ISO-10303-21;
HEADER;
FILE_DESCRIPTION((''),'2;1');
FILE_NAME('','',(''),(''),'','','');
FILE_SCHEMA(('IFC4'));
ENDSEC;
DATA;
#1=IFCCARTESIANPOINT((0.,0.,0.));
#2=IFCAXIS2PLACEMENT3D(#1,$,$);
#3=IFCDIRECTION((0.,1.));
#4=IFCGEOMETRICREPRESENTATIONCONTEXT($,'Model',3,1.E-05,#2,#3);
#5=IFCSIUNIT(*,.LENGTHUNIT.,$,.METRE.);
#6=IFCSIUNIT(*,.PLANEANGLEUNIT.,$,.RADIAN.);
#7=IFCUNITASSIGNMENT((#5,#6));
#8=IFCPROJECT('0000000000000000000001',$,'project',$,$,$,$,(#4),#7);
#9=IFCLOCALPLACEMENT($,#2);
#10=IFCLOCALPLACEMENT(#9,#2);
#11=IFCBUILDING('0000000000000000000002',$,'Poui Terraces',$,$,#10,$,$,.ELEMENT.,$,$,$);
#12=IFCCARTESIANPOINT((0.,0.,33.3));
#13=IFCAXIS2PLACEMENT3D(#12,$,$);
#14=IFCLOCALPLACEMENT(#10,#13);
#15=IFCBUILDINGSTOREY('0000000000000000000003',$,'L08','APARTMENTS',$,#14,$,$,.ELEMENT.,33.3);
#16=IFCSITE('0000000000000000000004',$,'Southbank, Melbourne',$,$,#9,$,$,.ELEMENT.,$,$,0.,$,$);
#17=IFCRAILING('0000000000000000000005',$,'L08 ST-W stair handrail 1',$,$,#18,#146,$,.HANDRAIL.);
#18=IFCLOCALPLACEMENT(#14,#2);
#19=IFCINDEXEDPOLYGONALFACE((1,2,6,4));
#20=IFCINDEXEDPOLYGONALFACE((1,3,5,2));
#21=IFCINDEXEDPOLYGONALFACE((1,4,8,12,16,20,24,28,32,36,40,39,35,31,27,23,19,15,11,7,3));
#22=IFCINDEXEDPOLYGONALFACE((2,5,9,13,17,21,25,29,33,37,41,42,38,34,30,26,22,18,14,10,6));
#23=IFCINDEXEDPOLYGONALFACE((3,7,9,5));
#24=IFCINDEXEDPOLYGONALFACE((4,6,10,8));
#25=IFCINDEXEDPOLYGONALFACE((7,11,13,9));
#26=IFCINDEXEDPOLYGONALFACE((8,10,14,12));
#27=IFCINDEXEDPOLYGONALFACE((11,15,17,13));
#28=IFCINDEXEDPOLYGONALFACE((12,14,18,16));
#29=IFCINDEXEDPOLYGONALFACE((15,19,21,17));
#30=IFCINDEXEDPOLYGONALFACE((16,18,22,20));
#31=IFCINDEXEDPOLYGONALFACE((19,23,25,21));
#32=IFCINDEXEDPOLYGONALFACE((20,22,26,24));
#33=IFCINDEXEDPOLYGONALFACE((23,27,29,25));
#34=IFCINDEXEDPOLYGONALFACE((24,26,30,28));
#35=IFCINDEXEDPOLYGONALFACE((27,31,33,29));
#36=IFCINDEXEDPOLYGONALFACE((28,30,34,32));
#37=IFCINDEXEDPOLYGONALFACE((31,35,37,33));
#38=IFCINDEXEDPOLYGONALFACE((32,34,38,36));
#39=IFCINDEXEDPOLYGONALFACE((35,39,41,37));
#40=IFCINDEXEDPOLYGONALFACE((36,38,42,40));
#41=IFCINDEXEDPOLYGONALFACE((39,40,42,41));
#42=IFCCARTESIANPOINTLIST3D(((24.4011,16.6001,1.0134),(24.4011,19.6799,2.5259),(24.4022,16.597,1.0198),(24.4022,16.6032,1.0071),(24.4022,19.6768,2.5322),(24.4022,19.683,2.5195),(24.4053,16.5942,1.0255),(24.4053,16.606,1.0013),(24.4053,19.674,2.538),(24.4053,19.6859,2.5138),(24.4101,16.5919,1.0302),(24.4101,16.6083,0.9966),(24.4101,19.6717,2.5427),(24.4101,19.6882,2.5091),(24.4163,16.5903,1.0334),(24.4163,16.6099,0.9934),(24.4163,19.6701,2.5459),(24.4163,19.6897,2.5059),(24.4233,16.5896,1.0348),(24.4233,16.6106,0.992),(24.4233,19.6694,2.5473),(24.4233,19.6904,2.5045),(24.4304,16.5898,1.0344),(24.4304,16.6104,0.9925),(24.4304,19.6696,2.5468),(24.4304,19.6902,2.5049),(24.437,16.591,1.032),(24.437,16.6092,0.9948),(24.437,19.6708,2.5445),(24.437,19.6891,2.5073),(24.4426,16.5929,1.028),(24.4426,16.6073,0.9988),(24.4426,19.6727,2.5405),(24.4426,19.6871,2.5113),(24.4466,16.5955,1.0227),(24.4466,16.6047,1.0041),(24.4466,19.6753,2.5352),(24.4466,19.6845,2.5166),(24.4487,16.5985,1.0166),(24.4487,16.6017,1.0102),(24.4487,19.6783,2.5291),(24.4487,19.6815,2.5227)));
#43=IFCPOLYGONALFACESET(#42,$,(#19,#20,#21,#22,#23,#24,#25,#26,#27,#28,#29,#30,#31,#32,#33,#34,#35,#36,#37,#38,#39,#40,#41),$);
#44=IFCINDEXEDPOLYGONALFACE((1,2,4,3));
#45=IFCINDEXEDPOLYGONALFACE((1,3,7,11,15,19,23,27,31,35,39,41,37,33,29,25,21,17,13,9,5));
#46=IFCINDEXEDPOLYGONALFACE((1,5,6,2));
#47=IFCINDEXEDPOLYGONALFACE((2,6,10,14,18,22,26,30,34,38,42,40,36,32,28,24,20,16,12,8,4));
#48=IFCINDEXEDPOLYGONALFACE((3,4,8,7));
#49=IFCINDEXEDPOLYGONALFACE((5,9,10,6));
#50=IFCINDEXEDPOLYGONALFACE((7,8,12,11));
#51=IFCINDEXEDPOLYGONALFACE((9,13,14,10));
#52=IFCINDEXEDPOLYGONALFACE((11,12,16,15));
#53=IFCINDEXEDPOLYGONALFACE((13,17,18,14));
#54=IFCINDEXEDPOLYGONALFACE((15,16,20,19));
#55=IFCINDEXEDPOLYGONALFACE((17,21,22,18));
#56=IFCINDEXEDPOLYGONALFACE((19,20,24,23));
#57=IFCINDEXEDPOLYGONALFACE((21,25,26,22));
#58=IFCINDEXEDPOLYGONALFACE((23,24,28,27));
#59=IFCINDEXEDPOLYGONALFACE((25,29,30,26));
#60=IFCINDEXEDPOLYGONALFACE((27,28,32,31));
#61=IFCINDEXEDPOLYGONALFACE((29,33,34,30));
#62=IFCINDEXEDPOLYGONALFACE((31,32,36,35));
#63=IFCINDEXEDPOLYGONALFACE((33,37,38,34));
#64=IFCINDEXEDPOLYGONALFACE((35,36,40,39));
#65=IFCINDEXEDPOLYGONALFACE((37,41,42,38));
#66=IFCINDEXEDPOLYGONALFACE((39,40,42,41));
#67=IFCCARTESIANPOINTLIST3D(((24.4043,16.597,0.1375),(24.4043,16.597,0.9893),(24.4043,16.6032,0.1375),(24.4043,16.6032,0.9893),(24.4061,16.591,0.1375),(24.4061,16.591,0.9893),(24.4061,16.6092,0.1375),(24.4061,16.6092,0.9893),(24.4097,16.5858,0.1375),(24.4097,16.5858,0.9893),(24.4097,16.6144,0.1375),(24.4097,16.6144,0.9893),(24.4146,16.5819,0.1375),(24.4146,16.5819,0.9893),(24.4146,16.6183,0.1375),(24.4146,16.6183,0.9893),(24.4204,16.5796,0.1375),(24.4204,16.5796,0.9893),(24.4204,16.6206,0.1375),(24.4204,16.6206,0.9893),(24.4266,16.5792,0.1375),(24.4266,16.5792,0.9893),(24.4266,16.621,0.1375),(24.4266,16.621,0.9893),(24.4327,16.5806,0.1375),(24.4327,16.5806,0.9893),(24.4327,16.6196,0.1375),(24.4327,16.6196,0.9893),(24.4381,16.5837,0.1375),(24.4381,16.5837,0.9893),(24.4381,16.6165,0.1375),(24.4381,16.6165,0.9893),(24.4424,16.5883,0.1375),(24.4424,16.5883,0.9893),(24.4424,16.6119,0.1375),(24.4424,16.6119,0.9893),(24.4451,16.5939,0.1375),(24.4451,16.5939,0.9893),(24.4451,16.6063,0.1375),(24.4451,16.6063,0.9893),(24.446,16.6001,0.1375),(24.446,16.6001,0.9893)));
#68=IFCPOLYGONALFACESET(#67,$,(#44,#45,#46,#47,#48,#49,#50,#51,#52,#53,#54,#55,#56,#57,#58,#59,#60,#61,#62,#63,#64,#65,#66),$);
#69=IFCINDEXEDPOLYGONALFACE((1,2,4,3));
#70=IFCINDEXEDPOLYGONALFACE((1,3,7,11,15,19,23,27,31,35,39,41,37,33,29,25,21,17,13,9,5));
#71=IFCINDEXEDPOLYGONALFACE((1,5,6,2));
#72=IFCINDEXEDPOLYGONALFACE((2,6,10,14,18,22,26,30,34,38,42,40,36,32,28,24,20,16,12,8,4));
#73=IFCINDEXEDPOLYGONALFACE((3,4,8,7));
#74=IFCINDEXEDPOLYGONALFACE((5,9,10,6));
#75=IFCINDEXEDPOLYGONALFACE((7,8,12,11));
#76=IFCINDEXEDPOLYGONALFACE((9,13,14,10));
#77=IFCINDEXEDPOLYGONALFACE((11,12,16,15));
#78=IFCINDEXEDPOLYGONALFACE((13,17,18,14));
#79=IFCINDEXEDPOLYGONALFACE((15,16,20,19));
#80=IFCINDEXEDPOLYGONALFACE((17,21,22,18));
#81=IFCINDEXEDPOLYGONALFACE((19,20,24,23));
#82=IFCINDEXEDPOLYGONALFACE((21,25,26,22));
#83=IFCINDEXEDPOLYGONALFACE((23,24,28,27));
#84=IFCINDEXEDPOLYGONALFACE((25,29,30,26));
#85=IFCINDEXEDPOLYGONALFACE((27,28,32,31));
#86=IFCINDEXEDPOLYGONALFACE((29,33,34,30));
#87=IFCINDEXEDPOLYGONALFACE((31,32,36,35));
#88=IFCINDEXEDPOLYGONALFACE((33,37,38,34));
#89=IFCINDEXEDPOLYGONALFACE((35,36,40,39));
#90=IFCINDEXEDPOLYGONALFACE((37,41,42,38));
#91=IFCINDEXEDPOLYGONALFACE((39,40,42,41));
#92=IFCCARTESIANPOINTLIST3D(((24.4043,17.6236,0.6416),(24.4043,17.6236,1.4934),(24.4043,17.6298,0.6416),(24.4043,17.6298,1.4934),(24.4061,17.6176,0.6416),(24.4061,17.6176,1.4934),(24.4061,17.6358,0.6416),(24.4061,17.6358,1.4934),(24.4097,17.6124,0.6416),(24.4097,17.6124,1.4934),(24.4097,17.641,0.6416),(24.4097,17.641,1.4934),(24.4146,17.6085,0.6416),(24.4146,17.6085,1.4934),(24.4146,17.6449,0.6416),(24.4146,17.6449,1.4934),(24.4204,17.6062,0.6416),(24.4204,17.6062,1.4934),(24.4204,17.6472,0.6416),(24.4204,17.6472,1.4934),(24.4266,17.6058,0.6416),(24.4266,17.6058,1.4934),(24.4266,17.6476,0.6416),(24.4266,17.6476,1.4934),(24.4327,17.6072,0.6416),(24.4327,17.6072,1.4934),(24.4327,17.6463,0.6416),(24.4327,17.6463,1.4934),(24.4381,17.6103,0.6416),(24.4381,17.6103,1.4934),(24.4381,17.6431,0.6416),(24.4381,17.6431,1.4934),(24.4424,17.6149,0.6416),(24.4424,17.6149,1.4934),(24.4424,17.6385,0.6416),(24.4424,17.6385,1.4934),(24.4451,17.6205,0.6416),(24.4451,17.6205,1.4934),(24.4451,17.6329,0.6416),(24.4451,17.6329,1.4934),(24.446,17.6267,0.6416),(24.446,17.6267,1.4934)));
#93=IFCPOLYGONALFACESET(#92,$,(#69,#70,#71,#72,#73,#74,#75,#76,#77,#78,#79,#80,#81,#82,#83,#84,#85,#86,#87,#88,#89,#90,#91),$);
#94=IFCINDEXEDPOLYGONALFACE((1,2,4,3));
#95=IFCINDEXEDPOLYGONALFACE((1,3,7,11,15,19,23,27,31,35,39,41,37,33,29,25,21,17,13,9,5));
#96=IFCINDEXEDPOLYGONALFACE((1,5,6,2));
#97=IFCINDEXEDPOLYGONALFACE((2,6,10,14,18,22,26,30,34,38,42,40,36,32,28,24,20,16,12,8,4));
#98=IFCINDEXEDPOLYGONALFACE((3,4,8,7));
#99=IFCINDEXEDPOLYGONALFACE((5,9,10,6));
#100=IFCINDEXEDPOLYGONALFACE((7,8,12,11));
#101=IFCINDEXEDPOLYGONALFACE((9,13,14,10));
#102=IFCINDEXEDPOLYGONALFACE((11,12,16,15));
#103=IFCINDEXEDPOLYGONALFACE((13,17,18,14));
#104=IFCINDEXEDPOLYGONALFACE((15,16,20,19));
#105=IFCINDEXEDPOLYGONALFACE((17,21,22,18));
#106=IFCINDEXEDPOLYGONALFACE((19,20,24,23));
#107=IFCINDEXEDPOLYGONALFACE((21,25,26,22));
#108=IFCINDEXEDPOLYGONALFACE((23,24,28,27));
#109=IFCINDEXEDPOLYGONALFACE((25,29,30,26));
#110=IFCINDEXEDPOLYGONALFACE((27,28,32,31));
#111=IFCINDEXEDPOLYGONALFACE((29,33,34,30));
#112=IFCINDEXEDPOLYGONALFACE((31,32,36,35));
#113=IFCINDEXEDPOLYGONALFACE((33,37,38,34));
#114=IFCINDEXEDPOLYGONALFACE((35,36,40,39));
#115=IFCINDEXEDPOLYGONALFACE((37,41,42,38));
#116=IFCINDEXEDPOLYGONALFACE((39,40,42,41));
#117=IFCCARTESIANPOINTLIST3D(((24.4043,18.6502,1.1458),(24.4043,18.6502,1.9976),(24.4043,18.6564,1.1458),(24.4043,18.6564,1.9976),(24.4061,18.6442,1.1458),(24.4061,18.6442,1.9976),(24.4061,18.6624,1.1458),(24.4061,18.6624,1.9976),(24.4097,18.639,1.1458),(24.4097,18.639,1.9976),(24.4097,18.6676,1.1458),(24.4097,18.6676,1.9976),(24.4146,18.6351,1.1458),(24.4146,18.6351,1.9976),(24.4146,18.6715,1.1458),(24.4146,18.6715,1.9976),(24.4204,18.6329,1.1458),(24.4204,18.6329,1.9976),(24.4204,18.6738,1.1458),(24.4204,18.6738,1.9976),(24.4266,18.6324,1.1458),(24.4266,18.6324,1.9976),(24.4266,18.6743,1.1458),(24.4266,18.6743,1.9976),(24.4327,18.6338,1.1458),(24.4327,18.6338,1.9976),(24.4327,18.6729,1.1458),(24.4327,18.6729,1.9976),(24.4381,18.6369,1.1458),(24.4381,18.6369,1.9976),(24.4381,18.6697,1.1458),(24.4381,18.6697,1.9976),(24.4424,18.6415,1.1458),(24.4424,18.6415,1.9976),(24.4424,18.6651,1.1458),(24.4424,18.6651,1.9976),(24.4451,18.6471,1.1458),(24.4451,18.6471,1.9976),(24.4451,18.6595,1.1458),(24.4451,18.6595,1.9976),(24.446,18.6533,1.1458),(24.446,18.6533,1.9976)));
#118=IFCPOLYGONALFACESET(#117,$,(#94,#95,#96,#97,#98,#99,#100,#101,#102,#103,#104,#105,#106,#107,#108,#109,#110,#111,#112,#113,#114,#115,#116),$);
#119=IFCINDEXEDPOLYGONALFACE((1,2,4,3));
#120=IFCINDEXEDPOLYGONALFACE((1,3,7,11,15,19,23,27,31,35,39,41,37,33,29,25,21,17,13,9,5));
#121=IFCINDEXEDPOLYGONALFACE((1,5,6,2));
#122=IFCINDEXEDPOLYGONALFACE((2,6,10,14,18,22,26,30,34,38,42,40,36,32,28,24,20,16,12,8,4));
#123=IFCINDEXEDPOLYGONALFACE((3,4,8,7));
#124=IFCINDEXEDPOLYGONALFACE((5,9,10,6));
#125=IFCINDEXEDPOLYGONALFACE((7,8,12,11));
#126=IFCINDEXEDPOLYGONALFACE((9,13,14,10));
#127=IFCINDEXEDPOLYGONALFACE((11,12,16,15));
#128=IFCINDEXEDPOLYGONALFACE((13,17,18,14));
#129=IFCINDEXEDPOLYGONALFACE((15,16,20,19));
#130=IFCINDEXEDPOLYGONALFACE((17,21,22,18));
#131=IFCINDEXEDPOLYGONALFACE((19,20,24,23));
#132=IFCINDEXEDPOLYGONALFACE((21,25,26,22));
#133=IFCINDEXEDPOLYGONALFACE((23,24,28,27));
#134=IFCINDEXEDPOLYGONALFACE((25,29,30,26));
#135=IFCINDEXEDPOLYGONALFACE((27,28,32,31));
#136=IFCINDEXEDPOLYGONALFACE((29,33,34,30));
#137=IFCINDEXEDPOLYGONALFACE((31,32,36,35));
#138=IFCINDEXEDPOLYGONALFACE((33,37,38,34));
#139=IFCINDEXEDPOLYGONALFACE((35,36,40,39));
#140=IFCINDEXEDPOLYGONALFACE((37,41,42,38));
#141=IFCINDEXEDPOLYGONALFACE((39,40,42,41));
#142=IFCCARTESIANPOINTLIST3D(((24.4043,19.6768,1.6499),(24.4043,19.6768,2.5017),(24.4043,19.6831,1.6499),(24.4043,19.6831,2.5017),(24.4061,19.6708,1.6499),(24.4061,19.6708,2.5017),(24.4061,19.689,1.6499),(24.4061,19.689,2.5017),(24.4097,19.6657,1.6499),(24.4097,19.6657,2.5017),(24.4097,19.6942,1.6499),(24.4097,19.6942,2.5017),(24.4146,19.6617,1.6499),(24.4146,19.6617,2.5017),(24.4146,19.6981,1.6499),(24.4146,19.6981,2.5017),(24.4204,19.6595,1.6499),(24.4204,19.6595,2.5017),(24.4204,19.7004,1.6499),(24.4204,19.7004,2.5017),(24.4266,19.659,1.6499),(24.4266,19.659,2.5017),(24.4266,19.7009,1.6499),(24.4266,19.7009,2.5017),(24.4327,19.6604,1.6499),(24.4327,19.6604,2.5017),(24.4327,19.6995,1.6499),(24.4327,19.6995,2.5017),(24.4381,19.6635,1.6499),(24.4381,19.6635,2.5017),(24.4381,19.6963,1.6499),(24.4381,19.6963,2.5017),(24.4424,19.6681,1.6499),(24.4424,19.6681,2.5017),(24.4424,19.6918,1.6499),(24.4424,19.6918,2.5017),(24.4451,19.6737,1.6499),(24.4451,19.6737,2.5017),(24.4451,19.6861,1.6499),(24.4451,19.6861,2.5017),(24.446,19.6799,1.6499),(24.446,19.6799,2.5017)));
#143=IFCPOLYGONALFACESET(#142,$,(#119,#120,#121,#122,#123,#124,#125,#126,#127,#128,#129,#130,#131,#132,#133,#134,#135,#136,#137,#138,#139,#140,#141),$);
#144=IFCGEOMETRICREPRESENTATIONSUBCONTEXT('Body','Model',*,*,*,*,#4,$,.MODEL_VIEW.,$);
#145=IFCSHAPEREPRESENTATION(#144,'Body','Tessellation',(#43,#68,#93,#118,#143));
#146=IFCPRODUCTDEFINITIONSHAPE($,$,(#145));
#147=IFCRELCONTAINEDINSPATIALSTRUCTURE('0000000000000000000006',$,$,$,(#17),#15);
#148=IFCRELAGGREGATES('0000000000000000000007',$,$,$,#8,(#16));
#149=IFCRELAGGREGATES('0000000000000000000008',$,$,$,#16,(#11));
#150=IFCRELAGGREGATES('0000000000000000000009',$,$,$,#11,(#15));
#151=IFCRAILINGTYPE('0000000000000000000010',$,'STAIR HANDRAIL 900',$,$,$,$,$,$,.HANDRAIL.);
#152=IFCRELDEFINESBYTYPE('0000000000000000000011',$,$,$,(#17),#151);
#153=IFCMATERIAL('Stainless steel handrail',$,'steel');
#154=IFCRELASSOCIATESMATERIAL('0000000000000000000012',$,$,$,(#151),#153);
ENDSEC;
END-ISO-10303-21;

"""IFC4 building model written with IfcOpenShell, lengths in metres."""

from ifc_helpers import new_model, si_unit, direction, frame, origin, origin_2d, place, context, subcontext, project, spatial, circle, extrude, material, type_object, element, save


model = new_model("IFC4")

# Units and contexts
model_context = context("Model", 3, precision=1e-05, world=origin(), true_north=direction((0.0, 1.0)))
body_context = subcontext(model_context, "Body", "Model", "MODEL_VIEW")
ifc_project = project(units=[si_unit("LENGTHUNIT", "METRE"), si_unit("PLANEANGLEUNIT", "RADIAN")], contexts=[model_context])

# Site, building, storey
site_placement = place(None, origin())
site = spatial("IfcSite", under=ifc_project, at=site_placement, Name="Southbank, Melbourne", CompositionType="ELEMENT", RefElevation=0.0)
building_placement = place(site_placement, origin())
building = spatial("IfcBuilding", under=site, at=building_placement, Name="Poui Terraces", CompositionType="ELEMENT")
storey_placement = place(building_placement, frame((0.0, 0.0, 33.3)))
storey = spatial("IfcBuildingStorey", under=building, at=storey_placement, Name="L08", Description="APARTMENTS", CompositionType="ELEMENT", Elevation=33.3)

# Railing
ifc_material_1 = material(Name="Stainless steel handrail", Category="steel")
railing_type_1 = type_object("IfcRailingType", Name="STAIR HANDRAIL 900", PredefinedType="HANDRAIL", material=ifc_material_1)
railing_1_placement = place(storey_placement, frame((24.425, 16.6001, 0.1375)))
element("IfcRailing", 1, at=railing_1_placement, inside=storey, type_object=railing_type_1, Name="L08 ST-W stair handrail 1", PredefinedType="HANDRAIL", context=body_context, shape_type="SweptSolid", body=[
    extrude(circle(Radius=0.0239, at=origin_2d()), frame((0.0, 0.0, 0.876), z_axis=(0.0, 0.897606, 0.440798), x_axis=(-1.0, 0.0, 0.0)), (0.0, 0.0, 1.0), 3.4312),
    extrude(circle(Radius=0.021, at=origin_2d()), origin(), (0.0, 0.0, 1.0), 0.8518),
    extrude(circle(Radius=0.021, at=origin_2d()), frame((0.0, 1.0266, 0.5042)), (0.0, 0.0, 1.0), 0.8518),
    extrude(circle(Radius=0.021, at=origin_2d()), frame((0.0, 2.0532, 1.0083)), (0.0, 0.0, 1.0), 0.8518),
    extrude(circle(Radius=0.021, at=origin_2d()), frame((0.0, 3.0798, 1.5125)), (0.0, 0.0, 1.0), 0.8518),
])

save(model, "model.ifc")
